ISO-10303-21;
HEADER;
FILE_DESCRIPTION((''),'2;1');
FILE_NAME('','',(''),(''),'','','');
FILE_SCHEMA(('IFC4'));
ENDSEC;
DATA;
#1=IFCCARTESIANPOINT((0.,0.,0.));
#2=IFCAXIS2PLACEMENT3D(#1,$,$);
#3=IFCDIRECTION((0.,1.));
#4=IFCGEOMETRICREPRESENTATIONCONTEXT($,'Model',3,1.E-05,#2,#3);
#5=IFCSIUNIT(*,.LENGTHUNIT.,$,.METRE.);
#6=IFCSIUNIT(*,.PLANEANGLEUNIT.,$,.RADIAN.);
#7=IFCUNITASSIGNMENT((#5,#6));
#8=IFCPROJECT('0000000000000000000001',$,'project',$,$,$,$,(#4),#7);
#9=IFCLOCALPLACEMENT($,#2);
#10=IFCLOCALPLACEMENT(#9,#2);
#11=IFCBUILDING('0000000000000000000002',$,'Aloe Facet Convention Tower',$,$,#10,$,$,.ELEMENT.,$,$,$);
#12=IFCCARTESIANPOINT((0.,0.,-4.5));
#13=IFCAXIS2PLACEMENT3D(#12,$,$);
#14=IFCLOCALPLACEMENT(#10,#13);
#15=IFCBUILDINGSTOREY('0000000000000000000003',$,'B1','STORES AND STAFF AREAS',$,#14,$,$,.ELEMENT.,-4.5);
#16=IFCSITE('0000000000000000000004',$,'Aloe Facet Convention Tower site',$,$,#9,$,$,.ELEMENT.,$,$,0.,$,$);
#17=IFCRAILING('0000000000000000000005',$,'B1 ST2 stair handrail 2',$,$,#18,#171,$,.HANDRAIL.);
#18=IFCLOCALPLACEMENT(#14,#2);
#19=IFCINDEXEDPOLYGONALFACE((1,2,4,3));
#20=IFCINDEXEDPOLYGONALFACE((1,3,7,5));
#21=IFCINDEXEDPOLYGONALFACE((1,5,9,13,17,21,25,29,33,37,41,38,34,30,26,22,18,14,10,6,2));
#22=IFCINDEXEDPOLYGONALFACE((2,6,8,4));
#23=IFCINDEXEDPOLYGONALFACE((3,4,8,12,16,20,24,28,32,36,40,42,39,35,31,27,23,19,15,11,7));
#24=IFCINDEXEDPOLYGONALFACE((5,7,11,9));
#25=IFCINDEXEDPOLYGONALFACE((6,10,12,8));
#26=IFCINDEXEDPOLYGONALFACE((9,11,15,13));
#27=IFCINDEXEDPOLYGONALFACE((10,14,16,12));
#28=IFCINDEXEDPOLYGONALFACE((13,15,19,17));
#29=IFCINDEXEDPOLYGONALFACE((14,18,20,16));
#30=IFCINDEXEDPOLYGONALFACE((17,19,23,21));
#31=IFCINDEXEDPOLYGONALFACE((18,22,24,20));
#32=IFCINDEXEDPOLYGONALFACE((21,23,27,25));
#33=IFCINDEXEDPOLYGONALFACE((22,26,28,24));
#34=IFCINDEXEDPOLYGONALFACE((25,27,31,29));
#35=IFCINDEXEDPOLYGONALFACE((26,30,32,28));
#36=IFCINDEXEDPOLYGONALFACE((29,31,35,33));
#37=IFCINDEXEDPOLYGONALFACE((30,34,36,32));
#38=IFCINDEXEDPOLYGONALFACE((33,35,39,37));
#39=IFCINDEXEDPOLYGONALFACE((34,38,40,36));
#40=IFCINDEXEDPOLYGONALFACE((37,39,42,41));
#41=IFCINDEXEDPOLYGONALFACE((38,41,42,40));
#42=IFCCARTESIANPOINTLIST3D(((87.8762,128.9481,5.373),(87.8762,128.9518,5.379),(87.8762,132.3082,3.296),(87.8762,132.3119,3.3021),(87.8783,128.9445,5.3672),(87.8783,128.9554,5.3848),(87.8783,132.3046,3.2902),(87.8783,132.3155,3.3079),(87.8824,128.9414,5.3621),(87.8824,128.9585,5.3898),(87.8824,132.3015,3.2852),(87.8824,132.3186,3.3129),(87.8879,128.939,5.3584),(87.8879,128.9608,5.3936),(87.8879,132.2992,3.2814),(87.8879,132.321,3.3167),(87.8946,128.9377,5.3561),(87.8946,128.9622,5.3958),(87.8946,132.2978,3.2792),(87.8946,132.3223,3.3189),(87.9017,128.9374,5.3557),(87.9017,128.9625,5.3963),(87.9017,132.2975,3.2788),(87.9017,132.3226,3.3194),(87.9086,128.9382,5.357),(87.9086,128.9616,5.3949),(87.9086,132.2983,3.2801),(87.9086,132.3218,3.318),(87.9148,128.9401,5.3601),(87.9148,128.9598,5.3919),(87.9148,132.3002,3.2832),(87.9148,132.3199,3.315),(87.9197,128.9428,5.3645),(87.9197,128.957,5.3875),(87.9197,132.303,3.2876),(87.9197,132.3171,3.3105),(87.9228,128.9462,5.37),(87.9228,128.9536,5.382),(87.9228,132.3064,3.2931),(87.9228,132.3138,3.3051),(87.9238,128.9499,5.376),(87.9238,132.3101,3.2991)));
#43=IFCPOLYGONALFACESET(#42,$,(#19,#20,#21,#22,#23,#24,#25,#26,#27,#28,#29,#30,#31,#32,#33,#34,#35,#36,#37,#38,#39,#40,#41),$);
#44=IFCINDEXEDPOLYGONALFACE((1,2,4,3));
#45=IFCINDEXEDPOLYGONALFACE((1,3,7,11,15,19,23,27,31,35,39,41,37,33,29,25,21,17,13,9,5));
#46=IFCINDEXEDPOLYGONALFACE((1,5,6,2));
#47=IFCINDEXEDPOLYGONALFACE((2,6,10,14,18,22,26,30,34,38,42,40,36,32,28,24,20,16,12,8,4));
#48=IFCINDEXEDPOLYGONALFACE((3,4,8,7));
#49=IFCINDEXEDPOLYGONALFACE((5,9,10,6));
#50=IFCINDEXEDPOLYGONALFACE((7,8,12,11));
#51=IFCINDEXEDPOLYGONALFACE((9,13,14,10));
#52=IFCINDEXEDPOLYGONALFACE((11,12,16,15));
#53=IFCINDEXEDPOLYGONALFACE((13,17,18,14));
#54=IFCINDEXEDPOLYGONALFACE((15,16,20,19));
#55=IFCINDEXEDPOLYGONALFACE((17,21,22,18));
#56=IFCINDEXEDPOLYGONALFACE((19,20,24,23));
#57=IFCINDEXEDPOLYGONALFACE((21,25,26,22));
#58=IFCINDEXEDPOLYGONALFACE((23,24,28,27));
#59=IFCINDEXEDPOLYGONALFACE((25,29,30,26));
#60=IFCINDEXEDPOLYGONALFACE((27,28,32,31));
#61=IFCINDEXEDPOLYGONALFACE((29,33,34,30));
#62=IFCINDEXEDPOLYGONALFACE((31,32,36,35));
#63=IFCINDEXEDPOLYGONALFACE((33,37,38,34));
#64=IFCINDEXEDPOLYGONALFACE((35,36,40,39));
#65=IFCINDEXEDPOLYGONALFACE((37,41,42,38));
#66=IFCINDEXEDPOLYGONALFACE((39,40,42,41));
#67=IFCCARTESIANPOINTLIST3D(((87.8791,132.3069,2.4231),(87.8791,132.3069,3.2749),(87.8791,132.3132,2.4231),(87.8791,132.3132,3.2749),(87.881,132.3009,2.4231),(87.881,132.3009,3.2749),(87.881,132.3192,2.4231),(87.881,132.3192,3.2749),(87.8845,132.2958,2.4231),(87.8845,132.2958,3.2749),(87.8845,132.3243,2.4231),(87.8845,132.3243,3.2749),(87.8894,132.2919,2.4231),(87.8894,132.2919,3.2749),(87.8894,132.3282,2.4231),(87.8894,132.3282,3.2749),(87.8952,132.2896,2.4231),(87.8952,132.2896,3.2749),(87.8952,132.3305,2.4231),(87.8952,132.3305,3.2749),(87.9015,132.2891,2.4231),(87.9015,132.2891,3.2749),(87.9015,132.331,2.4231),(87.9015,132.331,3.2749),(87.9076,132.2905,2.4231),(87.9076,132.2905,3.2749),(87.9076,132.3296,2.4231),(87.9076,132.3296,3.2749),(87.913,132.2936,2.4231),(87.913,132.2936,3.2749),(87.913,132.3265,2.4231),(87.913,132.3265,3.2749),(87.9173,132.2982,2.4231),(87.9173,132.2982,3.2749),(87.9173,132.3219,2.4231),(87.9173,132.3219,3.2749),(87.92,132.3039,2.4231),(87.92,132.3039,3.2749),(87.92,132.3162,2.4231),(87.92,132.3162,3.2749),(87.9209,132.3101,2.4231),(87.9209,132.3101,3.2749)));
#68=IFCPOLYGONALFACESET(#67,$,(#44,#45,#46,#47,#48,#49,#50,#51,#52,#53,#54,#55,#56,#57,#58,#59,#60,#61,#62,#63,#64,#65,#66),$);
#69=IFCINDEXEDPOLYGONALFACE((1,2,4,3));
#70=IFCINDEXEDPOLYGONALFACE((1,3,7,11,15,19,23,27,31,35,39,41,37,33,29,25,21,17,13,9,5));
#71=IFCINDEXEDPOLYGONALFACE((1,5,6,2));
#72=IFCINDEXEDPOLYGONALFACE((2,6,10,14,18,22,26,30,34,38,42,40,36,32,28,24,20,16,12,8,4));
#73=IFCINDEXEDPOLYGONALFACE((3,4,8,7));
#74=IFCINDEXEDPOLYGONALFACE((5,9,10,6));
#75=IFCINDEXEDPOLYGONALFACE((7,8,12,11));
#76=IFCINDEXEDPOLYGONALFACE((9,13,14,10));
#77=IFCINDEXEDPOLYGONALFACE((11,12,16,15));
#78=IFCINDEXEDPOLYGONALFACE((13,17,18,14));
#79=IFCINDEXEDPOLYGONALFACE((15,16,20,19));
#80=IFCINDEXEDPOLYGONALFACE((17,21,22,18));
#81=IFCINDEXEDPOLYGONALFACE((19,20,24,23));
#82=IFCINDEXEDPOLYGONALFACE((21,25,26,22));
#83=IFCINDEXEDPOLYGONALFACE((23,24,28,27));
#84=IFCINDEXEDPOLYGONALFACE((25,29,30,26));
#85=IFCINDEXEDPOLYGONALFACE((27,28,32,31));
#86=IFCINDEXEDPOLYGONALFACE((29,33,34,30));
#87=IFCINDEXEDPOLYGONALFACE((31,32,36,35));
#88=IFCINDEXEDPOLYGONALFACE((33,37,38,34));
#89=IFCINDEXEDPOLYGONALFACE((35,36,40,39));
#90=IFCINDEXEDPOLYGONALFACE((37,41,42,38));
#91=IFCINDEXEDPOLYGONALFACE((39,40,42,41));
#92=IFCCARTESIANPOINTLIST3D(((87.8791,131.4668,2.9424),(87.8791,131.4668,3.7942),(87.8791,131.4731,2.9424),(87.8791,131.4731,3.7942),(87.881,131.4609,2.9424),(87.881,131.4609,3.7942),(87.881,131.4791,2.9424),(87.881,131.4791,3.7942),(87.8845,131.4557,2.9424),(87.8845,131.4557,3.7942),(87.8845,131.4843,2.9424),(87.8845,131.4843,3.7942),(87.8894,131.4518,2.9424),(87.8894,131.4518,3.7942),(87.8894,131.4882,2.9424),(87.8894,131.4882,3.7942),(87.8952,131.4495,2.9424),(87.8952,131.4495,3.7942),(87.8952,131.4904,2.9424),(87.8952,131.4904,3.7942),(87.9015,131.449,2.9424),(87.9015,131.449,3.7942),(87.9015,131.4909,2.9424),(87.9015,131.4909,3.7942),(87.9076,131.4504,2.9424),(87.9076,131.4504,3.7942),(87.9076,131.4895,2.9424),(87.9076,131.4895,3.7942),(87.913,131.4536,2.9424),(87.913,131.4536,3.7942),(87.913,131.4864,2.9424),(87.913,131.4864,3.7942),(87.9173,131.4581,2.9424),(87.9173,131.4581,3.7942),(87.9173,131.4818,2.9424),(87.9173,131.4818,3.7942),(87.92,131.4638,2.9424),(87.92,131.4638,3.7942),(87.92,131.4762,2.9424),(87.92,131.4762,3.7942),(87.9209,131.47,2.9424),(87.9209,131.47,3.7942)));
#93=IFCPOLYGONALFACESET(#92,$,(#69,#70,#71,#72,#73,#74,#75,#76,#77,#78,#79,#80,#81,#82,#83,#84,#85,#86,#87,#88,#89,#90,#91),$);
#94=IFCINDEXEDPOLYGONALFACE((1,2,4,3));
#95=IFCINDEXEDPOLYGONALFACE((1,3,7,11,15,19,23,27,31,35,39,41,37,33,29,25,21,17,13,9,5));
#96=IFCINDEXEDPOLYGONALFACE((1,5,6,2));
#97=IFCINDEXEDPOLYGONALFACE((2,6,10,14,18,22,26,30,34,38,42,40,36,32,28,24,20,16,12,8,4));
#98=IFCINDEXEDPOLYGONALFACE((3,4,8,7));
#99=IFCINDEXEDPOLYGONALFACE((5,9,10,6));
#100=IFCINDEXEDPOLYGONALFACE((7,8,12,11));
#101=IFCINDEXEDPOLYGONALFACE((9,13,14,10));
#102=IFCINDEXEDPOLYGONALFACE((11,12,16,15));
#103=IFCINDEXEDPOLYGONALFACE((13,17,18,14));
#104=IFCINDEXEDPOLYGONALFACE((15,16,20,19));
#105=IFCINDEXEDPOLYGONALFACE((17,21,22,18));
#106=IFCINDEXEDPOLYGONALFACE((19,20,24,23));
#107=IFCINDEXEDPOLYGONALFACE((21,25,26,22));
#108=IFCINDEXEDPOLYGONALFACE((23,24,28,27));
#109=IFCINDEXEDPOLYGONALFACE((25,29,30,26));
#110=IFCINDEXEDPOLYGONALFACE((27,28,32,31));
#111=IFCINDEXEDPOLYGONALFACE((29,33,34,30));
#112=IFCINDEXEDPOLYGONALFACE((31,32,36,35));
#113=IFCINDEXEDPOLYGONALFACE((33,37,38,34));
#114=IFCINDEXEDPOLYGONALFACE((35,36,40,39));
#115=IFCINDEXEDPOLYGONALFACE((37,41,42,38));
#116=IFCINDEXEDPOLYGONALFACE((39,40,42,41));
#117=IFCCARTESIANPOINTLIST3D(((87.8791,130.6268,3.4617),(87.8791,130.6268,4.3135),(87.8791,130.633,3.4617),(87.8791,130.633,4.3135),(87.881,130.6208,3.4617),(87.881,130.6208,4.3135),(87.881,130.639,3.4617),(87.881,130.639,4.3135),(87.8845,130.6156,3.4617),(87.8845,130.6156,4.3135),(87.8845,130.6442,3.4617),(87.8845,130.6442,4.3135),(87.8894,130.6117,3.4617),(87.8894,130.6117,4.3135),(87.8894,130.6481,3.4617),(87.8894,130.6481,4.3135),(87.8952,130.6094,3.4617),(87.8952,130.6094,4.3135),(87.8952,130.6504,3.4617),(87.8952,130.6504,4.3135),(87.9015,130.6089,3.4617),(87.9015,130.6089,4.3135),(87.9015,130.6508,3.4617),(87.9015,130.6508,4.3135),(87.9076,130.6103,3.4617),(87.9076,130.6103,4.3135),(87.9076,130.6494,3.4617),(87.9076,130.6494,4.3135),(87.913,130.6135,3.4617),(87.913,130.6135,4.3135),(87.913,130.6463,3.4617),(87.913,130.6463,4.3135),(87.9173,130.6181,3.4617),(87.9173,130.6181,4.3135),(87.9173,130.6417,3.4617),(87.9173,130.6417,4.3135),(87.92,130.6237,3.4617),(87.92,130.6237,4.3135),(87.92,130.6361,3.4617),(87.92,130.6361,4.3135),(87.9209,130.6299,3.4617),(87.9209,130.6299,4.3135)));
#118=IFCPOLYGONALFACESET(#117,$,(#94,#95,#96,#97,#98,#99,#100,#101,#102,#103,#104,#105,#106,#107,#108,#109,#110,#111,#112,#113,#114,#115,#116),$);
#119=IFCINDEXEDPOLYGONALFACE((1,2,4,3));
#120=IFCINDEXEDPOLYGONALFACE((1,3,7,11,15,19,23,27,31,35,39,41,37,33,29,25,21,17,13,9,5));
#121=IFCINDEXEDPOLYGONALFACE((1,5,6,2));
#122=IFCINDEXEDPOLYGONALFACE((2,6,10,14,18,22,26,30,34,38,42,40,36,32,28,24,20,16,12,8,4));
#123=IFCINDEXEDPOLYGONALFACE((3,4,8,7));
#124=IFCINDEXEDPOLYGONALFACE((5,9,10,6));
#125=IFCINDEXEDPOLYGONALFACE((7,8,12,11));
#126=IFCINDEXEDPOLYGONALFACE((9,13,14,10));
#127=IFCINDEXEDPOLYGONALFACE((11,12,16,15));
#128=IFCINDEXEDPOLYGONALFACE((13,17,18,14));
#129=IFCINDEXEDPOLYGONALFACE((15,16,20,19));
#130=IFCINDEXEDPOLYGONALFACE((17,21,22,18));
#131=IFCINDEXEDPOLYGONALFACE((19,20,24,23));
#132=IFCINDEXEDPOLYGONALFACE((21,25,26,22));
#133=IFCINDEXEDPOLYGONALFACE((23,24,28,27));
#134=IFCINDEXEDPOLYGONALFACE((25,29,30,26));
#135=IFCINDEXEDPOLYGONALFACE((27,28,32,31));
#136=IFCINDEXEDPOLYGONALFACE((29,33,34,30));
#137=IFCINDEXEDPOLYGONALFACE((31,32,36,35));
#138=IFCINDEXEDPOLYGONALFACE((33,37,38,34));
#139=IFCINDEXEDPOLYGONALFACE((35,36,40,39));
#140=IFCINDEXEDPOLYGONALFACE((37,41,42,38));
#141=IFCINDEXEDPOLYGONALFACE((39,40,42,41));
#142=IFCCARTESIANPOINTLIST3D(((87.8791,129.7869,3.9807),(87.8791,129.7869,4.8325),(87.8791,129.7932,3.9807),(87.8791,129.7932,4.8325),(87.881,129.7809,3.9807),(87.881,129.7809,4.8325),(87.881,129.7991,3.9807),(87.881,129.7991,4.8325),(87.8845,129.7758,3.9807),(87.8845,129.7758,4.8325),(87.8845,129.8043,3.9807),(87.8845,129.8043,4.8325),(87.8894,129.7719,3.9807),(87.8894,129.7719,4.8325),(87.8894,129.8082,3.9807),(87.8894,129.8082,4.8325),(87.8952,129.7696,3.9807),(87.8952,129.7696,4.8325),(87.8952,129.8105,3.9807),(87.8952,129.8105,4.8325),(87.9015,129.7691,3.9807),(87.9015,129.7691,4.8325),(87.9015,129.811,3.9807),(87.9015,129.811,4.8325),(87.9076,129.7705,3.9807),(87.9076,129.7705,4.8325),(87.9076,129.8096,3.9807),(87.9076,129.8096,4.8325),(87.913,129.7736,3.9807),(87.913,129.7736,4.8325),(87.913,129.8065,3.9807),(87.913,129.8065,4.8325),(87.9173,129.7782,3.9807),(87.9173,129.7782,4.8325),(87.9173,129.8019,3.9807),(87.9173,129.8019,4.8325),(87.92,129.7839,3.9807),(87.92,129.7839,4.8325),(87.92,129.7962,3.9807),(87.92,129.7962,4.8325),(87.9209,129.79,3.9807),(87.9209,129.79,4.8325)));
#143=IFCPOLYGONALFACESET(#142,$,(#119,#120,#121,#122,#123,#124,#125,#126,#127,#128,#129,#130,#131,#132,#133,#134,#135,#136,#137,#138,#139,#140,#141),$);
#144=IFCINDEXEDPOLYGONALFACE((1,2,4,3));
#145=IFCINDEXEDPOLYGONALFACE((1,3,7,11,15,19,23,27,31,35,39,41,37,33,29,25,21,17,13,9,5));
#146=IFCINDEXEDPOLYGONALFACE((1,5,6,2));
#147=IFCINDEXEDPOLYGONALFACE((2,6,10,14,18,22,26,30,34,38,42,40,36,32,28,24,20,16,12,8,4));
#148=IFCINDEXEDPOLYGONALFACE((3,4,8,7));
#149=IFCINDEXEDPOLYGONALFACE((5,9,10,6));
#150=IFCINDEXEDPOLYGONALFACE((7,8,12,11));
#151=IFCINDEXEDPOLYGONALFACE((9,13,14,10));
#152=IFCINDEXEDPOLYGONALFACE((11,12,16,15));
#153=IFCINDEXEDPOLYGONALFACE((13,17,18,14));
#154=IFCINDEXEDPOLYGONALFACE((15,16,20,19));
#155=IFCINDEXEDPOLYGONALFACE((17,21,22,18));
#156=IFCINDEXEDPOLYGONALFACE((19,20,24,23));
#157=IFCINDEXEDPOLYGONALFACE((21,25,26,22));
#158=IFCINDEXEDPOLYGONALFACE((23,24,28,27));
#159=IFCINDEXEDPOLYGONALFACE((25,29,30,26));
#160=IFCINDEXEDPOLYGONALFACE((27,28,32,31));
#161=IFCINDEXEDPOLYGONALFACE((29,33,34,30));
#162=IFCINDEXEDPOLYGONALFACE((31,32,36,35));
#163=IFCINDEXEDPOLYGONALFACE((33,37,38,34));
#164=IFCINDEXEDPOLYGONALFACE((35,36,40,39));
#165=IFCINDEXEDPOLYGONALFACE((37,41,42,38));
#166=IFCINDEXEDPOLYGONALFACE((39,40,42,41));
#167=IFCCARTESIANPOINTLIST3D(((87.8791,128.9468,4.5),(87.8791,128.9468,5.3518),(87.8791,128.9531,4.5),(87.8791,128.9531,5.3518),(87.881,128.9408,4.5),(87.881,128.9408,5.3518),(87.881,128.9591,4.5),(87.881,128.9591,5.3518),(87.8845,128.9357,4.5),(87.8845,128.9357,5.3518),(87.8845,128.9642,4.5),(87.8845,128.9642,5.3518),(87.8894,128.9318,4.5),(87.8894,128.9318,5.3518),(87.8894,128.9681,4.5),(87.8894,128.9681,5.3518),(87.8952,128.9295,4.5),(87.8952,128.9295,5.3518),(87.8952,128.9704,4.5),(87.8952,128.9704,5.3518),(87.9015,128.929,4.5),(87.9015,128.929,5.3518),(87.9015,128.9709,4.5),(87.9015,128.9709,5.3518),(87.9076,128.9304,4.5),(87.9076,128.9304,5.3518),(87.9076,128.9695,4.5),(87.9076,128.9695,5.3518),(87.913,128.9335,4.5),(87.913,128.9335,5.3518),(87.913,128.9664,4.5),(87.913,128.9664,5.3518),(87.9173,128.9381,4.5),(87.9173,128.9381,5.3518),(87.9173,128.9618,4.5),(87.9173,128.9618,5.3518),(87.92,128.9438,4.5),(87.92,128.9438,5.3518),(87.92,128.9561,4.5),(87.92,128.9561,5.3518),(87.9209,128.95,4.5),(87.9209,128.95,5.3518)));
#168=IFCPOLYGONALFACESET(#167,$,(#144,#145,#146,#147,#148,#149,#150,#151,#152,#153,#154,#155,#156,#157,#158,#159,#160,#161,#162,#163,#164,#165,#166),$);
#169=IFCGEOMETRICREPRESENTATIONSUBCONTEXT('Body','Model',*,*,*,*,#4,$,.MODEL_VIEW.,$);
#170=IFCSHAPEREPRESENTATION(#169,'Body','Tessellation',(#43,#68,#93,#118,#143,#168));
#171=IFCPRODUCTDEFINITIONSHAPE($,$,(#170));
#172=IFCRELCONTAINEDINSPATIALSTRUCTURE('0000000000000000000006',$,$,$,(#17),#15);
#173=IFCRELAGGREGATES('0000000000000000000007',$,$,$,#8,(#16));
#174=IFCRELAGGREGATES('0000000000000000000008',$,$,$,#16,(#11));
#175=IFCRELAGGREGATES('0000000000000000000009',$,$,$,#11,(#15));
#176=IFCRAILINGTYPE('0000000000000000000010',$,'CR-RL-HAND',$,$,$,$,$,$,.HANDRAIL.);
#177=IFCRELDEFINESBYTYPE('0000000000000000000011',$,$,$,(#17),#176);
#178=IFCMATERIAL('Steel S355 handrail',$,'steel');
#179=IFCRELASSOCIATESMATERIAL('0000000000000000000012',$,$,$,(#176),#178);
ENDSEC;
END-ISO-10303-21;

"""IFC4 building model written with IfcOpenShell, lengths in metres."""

from ifc_helpers import new_model, si_unit, direction, frame, origin, origin_2d, place, context, subcontext, project, spatial, circle, extrude, material, type_object, element, save


model = new_model("IFC4")

# Units and contexts
model_context = context("Model", 3, precision=1e-05, world=origin(), true_north=direction((0.0, 1.0)))
body_context = subcontext(model_context, "Body", "Model", "MODEL_VIEW")
ifc_project = project(units=[si_unit("LENGTHUNIT", "METRE"), si_unit("PLANEANGLEUNIT", "RADIAN")], contexts=[model_context])

# Site, building, storey
site_placement = place(None, origin())
site = spatial("IfcSite", under=ifc_project, at=site_placement, Name="Aloe Facet Convention Tower site", CompositionType="ELEMENT", RefElevation=0.0)
building_placement = place(site_placement, origin())
building = spatial("IfcBuilding", under=site, at=building_placement, Name="Aloe Facet Convention Tower", CompositionType="ELEMENT")
storey_placement = place(building_placement, frame((0.0, 0.0, -4.5)))
storey = spatial("IfcBuildingStorey", under=building, at=storey_placement, Name="B1", Description="STORES AND STAFF AREAS", CompositionType="ELEMENT", Elevation=-4.5)

# Railing
ifc_material_1 = material(Name="Steel S355 handrail", Category="steel")
railing_type_1 = type_object("IfcRailingType", Name="CR-RL-HAND", PredefinedType="HANDRAIL", material=ifc_material_1)
railing_1_placement = place(storey_placement, frame((87.8999, 132.3101, 2.4231)))
element("IfcRailing", 1, at=railing_1_placement, inside=storey, type_object=railing_type_1, Name="B1 ST2 stair handrail 2", PredefinedType="HANDRAIL", context=body_context, shape_type="SweptSolid", body=[
    extrude(circle(Radius=0.0239, at=origin_2d()), frame((0.0, 0.0, 0.876), z_axis=(0.0, -0.850623, 0.525776), x_axis=(1.0, 0.0, 0.0)), (0.0, 0.0, 1.0), 3.9502),
    extrude(circle(Radius=0.021, at=origin_2d()), origin(), (0.0, 0.0, 1.0), 0.8518),
    extrude(circle(Radius=0.021, at=origin_2d()), frame((0.0, -0.8401, 0.5193)), (0.0, 0.0, 1.0), 0.8518),
    extrude(circle(Radius=0.021, at=origin_2d()), frame((0.0, -1.6802, 1.0386)), (0.0, 0.0, 1.0), 0.8518),
    extrude(circle(Radius=0.021, at=origin_2d()), frame((0.0, -2.52, 1.5576)), (0.0, 0.0, 1.0), 0.8518),
    extrude(circle(Radius=0.021, at=origin_2d()), frame((0.0, -3.3601, 2.0769)), (0.0, 0.0, 1.0), 0.8518),
])

save(model, "model.ifc")
